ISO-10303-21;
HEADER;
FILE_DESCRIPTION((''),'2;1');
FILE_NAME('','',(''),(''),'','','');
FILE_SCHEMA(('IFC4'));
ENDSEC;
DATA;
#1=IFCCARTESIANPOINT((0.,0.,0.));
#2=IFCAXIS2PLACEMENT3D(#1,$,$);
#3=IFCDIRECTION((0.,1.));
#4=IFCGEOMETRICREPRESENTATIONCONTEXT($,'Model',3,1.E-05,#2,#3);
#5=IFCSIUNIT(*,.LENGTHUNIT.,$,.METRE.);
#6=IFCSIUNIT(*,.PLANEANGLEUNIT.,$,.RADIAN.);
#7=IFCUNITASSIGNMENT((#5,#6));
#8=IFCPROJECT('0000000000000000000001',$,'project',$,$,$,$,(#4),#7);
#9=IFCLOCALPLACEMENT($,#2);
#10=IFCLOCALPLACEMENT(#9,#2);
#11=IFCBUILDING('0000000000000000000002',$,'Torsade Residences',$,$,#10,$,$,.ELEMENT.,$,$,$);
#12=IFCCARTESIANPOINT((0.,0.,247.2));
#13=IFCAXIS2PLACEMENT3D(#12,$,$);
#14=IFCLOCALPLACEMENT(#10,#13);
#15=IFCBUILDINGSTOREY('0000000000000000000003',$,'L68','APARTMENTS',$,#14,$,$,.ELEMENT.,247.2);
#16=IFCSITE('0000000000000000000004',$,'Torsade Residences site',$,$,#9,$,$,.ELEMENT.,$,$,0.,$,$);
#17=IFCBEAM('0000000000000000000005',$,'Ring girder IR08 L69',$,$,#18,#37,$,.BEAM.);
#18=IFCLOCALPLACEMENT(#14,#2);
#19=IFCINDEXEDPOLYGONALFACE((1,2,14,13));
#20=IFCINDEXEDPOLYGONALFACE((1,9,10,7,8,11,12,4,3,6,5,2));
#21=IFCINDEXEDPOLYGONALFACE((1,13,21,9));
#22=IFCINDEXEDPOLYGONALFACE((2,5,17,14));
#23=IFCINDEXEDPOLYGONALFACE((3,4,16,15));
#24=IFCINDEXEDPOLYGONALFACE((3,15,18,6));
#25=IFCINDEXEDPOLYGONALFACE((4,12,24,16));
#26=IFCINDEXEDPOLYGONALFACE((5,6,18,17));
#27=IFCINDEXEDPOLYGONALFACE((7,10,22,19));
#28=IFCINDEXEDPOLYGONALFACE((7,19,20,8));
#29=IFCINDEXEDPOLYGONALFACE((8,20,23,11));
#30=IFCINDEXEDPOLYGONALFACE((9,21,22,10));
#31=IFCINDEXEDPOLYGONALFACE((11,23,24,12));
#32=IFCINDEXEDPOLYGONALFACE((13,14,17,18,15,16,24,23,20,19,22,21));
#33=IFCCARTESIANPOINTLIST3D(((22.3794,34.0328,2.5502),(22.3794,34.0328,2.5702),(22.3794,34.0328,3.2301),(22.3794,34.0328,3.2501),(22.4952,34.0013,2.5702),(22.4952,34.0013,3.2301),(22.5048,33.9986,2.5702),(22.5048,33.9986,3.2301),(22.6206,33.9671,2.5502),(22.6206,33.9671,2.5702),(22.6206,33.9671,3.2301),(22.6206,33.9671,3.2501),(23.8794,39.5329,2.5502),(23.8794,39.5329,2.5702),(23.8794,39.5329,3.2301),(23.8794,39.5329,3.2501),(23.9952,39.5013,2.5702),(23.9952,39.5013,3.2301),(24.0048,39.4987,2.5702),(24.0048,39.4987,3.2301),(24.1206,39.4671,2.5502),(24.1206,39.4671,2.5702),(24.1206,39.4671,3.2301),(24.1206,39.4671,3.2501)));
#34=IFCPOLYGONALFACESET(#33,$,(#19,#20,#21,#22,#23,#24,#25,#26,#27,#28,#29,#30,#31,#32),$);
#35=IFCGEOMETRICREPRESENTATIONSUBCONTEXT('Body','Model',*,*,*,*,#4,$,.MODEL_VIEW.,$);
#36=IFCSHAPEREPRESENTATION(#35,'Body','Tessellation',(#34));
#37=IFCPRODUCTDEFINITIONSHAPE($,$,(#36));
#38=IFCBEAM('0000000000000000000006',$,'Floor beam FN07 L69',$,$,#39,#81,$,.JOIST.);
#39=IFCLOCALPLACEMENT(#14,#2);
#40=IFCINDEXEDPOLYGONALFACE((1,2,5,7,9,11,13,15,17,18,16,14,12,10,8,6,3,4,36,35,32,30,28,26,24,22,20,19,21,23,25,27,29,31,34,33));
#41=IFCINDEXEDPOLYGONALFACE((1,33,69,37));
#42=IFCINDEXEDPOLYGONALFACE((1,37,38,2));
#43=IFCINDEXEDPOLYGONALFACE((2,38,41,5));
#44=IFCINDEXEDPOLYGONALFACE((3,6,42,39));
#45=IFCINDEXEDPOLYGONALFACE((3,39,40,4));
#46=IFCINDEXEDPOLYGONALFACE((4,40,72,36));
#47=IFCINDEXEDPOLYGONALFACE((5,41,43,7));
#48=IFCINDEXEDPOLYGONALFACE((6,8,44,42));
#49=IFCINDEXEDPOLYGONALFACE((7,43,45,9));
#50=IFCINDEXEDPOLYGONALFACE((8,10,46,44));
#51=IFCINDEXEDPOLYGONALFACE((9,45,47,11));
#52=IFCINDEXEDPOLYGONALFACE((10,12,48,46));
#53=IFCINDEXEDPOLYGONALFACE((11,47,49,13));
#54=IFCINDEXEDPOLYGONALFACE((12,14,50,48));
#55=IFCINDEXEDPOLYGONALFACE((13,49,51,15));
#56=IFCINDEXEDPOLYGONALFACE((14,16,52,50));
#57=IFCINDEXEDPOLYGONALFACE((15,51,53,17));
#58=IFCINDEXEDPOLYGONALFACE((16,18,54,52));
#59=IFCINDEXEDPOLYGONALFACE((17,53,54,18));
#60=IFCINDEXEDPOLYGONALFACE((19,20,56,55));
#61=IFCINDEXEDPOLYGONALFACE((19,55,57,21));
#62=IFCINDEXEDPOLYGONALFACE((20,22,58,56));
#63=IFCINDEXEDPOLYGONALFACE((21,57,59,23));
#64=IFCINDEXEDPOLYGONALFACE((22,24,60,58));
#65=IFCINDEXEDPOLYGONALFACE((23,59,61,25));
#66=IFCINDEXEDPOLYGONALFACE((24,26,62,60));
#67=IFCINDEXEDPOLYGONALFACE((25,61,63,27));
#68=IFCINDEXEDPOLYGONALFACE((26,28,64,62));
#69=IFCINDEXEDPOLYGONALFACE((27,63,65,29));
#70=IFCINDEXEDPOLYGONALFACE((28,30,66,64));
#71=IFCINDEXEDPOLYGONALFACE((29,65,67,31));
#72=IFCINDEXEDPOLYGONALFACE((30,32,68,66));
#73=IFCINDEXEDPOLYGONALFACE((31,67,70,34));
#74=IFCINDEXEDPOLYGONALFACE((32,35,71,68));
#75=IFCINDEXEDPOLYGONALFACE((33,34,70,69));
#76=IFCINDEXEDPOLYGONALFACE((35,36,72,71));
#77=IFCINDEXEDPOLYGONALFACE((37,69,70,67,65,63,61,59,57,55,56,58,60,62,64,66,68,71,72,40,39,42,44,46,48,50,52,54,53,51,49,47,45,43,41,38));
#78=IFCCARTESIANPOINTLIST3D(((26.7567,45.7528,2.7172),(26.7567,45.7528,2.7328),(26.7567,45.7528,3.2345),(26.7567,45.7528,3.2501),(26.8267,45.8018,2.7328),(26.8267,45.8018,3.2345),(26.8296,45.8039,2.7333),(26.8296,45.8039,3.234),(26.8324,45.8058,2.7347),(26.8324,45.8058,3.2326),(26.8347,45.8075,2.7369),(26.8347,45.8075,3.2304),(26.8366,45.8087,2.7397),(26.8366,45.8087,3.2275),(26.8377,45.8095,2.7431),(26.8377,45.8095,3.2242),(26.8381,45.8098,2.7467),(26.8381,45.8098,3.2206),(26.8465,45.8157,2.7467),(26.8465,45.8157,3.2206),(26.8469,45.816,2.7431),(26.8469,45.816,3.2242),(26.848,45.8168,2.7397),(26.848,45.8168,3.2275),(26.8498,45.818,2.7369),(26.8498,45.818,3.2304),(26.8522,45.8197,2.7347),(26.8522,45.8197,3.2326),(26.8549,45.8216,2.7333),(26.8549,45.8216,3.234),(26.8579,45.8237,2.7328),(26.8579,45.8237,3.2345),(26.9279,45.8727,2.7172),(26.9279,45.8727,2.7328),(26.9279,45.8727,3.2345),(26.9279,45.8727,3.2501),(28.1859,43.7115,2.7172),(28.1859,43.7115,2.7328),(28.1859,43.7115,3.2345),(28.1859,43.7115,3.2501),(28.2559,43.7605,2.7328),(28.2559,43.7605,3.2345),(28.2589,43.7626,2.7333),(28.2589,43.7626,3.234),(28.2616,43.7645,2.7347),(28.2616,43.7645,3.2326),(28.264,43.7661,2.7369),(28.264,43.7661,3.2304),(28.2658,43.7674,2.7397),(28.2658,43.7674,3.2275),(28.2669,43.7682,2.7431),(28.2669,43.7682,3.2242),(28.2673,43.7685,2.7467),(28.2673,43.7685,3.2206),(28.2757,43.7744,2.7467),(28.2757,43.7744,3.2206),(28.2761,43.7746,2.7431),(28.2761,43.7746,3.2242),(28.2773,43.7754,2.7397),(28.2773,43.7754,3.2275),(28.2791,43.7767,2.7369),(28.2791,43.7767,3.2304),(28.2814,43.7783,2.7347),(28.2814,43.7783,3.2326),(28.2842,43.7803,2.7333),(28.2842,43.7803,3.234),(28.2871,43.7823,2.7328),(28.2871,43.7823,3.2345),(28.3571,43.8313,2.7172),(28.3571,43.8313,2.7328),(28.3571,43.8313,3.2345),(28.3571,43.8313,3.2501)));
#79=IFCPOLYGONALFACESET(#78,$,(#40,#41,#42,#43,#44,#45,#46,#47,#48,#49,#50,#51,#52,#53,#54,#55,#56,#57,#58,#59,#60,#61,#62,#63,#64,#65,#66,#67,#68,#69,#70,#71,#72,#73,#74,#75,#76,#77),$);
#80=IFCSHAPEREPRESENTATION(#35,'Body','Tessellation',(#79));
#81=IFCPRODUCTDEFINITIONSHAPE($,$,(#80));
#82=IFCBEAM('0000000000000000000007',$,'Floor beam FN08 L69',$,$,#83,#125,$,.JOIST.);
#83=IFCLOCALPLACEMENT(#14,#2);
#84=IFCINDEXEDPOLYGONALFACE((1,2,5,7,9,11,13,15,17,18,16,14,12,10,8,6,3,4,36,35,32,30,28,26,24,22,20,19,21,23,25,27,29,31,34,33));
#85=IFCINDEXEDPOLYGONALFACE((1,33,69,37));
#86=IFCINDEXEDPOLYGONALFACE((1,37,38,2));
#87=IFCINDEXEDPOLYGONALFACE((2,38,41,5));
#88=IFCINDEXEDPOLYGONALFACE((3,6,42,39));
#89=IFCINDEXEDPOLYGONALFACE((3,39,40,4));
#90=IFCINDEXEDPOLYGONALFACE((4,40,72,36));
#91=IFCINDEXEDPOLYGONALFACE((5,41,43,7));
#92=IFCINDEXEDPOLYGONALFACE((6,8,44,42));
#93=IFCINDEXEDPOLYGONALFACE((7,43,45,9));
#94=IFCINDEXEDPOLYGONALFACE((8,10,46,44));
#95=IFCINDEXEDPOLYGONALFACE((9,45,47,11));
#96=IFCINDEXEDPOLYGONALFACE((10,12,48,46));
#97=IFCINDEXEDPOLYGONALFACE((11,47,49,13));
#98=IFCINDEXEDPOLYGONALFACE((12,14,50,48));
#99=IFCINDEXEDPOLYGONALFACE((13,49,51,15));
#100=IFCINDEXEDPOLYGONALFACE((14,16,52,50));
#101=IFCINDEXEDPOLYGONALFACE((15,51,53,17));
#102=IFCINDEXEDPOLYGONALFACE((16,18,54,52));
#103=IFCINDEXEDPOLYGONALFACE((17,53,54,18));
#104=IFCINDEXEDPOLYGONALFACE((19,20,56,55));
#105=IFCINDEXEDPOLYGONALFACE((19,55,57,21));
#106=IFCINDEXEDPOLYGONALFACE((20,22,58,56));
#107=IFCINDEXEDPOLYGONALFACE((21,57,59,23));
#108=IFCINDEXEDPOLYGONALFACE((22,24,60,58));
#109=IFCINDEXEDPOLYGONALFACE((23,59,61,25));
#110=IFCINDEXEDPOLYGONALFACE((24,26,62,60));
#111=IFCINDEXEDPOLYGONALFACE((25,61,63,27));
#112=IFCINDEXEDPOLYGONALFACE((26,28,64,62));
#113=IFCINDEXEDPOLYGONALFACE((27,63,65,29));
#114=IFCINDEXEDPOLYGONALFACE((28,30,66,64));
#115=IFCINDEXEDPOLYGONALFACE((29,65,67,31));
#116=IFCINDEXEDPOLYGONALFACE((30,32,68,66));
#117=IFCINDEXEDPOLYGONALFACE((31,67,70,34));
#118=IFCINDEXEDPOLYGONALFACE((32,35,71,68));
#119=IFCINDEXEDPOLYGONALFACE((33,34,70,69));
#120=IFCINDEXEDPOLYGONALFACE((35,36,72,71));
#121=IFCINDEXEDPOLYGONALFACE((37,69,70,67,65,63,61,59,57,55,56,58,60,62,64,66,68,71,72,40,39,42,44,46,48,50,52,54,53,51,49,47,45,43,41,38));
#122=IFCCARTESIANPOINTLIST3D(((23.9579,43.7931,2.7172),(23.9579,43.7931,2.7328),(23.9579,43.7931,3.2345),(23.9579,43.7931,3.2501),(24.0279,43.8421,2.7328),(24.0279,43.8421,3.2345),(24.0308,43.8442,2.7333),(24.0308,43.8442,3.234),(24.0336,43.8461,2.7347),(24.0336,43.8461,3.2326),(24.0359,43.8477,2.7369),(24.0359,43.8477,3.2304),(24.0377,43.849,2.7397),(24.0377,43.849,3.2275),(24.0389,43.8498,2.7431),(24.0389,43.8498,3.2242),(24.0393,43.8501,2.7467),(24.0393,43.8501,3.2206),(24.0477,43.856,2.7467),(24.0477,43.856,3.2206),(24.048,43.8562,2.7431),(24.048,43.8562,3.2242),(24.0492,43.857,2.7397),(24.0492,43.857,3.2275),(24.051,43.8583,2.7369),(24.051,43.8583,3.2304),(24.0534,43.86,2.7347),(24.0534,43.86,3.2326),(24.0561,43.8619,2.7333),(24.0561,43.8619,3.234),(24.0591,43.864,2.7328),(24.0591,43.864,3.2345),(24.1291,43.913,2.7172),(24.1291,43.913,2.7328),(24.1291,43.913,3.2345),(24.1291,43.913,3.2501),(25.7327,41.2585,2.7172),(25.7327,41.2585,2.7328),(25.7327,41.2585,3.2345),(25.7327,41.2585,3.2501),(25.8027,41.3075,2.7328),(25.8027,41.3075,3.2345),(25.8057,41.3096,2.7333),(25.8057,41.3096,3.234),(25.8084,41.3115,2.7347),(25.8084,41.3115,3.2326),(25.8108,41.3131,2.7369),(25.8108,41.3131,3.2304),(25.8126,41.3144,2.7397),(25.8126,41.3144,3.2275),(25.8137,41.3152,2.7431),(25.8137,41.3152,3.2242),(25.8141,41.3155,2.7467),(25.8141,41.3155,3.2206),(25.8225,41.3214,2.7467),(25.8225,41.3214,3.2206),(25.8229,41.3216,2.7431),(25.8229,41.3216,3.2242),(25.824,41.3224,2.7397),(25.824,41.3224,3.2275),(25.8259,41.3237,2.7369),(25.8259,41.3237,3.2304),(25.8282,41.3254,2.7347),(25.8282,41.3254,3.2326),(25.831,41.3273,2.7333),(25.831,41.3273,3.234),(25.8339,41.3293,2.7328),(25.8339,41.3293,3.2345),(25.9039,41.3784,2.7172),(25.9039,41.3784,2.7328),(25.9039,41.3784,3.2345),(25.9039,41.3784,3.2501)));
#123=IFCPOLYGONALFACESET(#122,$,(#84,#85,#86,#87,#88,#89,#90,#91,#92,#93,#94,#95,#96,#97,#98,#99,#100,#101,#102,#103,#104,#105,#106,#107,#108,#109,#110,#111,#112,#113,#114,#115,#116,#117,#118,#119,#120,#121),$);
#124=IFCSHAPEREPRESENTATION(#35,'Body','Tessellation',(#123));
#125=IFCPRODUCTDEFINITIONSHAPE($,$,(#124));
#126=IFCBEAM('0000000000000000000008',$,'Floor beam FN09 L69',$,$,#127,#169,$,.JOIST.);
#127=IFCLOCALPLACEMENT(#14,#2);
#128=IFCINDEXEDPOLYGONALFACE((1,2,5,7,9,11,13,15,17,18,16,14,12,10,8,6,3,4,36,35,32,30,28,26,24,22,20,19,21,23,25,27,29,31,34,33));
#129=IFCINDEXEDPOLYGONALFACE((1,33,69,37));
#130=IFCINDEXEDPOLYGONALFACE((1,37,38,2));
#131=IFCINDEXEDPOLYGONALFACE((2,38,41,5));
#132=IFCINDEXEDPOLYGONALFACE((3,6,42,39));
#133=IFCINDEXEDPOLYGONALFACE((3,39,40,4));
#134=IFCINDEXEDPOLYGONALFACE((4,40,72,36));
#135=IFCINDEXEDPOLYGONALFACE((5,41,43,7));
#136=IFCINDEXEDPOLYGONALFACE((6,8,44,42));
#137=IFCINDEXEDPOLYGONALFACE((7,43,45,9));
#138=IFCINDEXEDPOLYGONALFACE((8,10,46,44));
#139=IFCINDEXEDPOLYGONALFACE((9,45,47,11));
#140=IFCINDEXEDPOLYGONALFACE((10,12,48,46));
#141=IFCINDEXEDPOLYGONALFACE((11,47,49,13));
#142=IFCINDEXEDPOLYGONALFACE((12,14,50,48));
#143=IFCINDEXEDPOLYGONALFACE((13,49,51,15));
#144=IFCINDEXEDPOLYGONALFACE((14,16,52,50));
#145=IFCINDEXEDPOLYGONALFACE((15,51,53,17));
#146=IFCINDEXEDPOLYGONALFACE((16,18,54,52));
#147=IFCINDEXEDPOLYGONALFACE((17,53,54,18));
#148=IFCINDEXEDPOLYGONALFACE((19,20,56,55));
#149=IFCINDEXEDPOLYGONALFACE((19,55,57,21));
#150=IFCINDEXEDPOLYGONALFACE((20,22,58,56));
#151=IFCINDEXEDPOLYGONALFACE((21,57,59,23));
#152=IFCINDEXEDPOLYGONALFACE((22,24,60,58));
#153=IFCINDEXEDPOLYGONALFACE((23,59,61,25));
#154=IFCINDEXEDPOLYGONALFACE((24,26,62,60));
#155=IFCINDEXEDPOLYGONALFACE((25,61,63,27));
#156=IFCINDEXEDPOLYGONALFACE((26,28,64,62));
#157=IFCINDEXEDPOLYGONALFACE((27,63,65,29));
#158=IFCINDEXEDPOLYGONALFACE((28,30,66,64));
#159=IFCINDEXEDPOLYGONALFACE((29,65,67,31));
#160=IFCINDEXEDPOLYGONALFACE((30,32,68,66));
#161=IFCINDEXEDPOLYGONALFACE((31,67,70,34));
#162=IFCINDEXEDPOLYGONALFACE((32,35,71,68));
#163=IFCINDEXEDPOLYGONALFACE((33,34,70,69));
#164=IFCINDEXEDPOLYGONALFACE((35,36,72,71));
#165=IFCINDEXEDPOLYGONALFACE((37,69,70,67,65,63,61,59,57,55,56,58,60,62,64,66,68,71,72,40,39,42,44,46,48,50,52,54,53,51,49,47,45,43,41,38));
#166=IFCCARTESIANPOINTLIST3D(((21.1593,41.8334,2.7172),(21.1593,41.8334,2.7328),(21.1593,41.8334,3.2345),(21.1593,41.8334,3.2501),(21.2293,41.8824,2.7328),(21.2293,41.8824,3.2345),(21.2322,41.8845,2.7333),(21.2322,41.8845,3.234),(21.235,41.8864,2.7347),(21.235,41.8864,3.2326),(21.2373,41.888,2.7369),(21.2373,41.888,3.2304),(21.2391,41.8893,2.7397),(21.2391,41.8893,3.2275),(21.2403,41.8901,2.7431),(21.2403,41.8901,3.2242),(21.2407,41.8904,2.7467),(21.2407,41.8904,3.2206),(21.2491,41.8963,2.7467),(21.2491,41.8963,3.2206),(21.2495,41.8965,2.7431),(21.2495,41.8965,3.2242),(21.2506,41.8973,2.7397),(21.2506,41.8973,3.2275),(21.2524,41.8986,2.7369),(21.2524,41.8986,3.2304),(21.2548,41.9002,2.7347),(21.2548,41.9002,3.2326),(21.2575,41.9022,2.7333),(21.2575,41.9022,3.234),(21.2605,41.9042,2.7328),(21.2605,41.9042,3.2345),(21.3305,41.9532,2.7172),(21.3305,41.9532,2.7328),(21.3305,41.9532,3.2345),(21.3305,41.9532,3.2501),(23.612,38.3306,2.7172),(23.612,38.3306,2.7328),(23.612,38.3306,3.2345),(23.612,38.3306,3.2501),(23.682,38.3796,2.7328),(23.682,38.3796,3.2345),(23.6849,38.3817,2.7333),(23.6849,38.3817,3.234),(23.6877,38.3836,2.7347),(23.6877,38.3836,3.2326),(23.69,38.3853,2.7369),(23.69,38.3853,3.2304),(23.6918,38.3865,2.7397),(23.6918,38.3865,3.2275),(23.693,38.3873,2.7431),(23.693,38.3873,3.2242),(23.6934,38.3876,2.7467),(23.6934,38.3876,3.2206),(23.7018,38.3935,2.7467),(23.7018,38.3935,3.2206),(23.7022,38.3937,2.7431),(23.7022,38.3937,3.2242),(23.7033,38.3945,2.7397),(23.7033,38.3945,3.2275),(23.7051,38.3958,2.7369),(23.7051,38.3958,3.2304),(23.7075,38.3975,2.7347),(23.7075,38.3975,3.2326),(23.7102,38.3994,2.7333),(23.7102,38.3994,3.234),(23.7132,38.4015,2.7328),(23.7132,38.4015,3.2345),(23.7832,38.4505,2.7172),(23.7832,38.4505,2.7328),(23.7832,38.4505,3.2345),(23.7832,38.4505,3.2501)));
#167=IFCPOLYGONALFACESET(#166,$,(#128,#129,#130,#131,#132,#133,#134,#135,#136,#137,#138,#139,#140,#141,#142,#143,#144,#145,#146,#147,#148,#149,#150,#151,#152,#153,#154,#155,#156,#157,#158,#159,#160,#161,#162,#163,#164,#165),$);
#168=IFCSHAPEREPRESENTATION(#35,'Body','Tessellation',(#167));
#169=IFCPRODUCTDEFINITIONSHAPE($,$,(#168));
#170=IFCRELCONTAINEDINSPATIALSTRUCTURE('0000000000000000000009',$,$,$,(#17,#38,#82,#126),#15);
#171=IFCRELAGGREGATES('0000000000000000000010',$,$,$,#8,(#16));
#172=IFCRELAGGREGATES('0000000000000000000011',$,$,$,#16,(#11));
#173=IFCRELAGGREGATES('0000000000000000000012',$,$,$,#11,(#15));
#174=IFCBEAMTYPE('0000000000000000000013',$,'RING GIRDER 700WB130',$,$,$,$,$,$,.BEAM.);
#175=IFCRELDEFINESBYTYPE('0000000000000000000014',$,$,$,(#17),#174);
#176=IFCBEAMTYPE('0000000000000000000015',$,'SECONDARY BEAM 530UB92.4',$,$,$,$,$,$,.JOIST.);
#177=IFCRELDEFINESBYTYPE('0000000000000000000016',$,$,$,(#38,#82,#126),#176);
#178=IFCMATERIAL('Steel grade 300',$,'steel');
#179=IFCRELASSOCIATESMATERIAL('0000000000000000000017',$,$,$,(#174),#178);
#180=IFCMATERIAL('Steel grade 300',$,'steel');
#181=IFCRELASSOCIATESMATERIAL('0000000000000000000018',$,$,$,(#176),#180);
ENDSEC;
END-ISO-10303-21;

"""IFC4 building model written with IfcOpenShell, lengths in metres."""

from ifc_helpers import new_model, si_unit, direction, frame, origin, origin_2d, place, context, subcontext, project, spatial, i_section, extrude, material, material_profile, profile_set, type_object, element, save


model = new_model("IFC4")

# Units and contexts
model_context = context("Model", 3, precision=1e-05, world=origin(), true_north=direction((0.0, 1.0)))
body_context = subcontext(model_context, "Body", "Model", "MODEL_VIEW")
ifc_project = project(units=[si_unit("LENGTHUNIT", "METRE"), si_unit("PLANEANGLEUNIT", "RADIAN")], contexts=[model_context])

# Site, building, storey
site_placement = place(None, origin())
site = spatial("IfcSite", under=ifc_project, at=site_placement, Name="Torsade Residences site", CompositionType="ELEMENT", RefElevation=0.0)
building_placement = place(site_placement, origin())
building = spatial("IfcBuilding", under=site, at=building_placement, Name="Torsade Residences", CompositionType="ELEMENT")
storey_placement = place(building_placement, frame((0.0, 0.0, 247.2)))
storey = spatial("IfcBuildingStorey", under=building, at=storey_placement, Name="L68", Description="APARTMENTS", CompositionType="ELEMENT", Elevation=247.2)

# Beams
ifc_material_1 = material(Name="Steel grade 300", Category="steel")
ifc_material_profile_1 = material_profile(ifc_material_1, i_section(OverallWidth=0.25, OverallDepth=0.7, WebThickness=0.01, FlangeThickness=0.02, at=origin_2d()), Name="700WB130")
ifc_profile_set_1 = profile_set([ifc_material_profile_1], Name="Steel grade 300")
beam_type_1 = type_object("IfcBeamType", Name="RING GIRDER 700WB130", PredefinedType="BEAM", material=ifc_profile_set_1)
beam_1_placement = place(storey_placement, frame((24.0, 39.5, 2.9001), z_axis=(-0.263117, -0.964764, 0.0), x_axis=(0.964764, -0.263117, 0.0)))
element("IfcBeam", 1, at=beam_1_placement, inside=storey, type_object=beam_type_1, Name="Ring girder IR08 L69", PredefinedType="BEAM", context=body_context, shape_type="SweptSolid", body=[
    extrude(i_section(OverallWidth=0.25, OverallDepth=0.7, WebThickness=0.01, FlangeThickness=0.02, at=origin_2d()), origin(), (0.0, 0.0, 1.0), 5.7009),
])
ifc_material_2 = material(Name="Steel grade 300", Category="steel")
ifc_material_profile_2 = material_profile(ifc_material_2, i_section(OverallWidth=0.209, OverallDepth=0.533, WebThickness=0.0103, FlangeThickness=0.0156, FilletRadius=0.0139, at=origin_2d()), Name="530UB92.4")
ifc_profile_set_2 = profile_set([ifc_material_profile_2], Name="Steel grade 300")
beam_type_2 = type_object("IfcBeamType", Name="SECONDARY BEAM 530UB92.4", PredefinedType="JOIST", material=ifc_profile_set_2)
beam_2_placement = place(storey_placement, frame((26.8423, 45.8127, 2.9836), z_axis=(0.573548, -0.819172, 0.0), x_axis=(0.819172, 0.573548, 0.0)))
element("IfcBeam", 2, at=beam_2_placement, inside=storey, type_object=beam_type_2, Name="Floor beam FN07 L69", PredefinedType="JOIST", context=body_context, shape_type="SweptSolid", body=[
    extrude(i_section(OverallWidth=0.209, OverallDepth=0.533, WebThickness=0.0103, FlangeThickness=0.0156, FilletRadius=0.0139, at=origin_2d()), origin(), (0.0, 0.0, 1.0), 2.4919),
])
beam_3_placement = place(storey_placement, frame((24.0435, 43.853, 2.9836), z_axis=(0.5736, -0.819136, 0.0), x_axis=(0.819136, 0.5736, 0.0)))
element("IfcBeam", 3, at=beam_3_placement, inside=storey, type_object=beam_type_2, Name="Floor beam FN08 L69", PredefinedType="JOIST", context=body_context, shape_type="SweptSolid", body=[
    extrude(i_section(OverallWidth=0.209, OverallDepth=0.533, WebThickness=0.0103, FlangeThickness=0.0156, FilletRadius=0.0139, at=origin_2d()), origin(), (0.0, 0.0, 1.0), 3.0942),
])
beam_4_placement = place(storey_placement, frame((21.2449, 41.8933, 2.9836), z_axis=(0.573581, -0.819149, 0.0), x_axis=(0.819149, 0.573581, 0.0)))
element("IfcBeam", 4, at=beam_4_placement, inside=storey, type_object=beam_type_2, Name="Floor beam FN09 L69", PredefinedType="JOIST", context=body_context, shape_type="SweptSolid", body=[
    extrude(i_section(OverallWidth=0.209, OverallDepth=0.533, WebThickness=0.0103, FlangeThickness=0.0156, FilletRadius=0.0139, at=origin_2d()), origin(), (0.0, 0.0, 1.0), 4.2761),
])

save(model, "model.ifc")
